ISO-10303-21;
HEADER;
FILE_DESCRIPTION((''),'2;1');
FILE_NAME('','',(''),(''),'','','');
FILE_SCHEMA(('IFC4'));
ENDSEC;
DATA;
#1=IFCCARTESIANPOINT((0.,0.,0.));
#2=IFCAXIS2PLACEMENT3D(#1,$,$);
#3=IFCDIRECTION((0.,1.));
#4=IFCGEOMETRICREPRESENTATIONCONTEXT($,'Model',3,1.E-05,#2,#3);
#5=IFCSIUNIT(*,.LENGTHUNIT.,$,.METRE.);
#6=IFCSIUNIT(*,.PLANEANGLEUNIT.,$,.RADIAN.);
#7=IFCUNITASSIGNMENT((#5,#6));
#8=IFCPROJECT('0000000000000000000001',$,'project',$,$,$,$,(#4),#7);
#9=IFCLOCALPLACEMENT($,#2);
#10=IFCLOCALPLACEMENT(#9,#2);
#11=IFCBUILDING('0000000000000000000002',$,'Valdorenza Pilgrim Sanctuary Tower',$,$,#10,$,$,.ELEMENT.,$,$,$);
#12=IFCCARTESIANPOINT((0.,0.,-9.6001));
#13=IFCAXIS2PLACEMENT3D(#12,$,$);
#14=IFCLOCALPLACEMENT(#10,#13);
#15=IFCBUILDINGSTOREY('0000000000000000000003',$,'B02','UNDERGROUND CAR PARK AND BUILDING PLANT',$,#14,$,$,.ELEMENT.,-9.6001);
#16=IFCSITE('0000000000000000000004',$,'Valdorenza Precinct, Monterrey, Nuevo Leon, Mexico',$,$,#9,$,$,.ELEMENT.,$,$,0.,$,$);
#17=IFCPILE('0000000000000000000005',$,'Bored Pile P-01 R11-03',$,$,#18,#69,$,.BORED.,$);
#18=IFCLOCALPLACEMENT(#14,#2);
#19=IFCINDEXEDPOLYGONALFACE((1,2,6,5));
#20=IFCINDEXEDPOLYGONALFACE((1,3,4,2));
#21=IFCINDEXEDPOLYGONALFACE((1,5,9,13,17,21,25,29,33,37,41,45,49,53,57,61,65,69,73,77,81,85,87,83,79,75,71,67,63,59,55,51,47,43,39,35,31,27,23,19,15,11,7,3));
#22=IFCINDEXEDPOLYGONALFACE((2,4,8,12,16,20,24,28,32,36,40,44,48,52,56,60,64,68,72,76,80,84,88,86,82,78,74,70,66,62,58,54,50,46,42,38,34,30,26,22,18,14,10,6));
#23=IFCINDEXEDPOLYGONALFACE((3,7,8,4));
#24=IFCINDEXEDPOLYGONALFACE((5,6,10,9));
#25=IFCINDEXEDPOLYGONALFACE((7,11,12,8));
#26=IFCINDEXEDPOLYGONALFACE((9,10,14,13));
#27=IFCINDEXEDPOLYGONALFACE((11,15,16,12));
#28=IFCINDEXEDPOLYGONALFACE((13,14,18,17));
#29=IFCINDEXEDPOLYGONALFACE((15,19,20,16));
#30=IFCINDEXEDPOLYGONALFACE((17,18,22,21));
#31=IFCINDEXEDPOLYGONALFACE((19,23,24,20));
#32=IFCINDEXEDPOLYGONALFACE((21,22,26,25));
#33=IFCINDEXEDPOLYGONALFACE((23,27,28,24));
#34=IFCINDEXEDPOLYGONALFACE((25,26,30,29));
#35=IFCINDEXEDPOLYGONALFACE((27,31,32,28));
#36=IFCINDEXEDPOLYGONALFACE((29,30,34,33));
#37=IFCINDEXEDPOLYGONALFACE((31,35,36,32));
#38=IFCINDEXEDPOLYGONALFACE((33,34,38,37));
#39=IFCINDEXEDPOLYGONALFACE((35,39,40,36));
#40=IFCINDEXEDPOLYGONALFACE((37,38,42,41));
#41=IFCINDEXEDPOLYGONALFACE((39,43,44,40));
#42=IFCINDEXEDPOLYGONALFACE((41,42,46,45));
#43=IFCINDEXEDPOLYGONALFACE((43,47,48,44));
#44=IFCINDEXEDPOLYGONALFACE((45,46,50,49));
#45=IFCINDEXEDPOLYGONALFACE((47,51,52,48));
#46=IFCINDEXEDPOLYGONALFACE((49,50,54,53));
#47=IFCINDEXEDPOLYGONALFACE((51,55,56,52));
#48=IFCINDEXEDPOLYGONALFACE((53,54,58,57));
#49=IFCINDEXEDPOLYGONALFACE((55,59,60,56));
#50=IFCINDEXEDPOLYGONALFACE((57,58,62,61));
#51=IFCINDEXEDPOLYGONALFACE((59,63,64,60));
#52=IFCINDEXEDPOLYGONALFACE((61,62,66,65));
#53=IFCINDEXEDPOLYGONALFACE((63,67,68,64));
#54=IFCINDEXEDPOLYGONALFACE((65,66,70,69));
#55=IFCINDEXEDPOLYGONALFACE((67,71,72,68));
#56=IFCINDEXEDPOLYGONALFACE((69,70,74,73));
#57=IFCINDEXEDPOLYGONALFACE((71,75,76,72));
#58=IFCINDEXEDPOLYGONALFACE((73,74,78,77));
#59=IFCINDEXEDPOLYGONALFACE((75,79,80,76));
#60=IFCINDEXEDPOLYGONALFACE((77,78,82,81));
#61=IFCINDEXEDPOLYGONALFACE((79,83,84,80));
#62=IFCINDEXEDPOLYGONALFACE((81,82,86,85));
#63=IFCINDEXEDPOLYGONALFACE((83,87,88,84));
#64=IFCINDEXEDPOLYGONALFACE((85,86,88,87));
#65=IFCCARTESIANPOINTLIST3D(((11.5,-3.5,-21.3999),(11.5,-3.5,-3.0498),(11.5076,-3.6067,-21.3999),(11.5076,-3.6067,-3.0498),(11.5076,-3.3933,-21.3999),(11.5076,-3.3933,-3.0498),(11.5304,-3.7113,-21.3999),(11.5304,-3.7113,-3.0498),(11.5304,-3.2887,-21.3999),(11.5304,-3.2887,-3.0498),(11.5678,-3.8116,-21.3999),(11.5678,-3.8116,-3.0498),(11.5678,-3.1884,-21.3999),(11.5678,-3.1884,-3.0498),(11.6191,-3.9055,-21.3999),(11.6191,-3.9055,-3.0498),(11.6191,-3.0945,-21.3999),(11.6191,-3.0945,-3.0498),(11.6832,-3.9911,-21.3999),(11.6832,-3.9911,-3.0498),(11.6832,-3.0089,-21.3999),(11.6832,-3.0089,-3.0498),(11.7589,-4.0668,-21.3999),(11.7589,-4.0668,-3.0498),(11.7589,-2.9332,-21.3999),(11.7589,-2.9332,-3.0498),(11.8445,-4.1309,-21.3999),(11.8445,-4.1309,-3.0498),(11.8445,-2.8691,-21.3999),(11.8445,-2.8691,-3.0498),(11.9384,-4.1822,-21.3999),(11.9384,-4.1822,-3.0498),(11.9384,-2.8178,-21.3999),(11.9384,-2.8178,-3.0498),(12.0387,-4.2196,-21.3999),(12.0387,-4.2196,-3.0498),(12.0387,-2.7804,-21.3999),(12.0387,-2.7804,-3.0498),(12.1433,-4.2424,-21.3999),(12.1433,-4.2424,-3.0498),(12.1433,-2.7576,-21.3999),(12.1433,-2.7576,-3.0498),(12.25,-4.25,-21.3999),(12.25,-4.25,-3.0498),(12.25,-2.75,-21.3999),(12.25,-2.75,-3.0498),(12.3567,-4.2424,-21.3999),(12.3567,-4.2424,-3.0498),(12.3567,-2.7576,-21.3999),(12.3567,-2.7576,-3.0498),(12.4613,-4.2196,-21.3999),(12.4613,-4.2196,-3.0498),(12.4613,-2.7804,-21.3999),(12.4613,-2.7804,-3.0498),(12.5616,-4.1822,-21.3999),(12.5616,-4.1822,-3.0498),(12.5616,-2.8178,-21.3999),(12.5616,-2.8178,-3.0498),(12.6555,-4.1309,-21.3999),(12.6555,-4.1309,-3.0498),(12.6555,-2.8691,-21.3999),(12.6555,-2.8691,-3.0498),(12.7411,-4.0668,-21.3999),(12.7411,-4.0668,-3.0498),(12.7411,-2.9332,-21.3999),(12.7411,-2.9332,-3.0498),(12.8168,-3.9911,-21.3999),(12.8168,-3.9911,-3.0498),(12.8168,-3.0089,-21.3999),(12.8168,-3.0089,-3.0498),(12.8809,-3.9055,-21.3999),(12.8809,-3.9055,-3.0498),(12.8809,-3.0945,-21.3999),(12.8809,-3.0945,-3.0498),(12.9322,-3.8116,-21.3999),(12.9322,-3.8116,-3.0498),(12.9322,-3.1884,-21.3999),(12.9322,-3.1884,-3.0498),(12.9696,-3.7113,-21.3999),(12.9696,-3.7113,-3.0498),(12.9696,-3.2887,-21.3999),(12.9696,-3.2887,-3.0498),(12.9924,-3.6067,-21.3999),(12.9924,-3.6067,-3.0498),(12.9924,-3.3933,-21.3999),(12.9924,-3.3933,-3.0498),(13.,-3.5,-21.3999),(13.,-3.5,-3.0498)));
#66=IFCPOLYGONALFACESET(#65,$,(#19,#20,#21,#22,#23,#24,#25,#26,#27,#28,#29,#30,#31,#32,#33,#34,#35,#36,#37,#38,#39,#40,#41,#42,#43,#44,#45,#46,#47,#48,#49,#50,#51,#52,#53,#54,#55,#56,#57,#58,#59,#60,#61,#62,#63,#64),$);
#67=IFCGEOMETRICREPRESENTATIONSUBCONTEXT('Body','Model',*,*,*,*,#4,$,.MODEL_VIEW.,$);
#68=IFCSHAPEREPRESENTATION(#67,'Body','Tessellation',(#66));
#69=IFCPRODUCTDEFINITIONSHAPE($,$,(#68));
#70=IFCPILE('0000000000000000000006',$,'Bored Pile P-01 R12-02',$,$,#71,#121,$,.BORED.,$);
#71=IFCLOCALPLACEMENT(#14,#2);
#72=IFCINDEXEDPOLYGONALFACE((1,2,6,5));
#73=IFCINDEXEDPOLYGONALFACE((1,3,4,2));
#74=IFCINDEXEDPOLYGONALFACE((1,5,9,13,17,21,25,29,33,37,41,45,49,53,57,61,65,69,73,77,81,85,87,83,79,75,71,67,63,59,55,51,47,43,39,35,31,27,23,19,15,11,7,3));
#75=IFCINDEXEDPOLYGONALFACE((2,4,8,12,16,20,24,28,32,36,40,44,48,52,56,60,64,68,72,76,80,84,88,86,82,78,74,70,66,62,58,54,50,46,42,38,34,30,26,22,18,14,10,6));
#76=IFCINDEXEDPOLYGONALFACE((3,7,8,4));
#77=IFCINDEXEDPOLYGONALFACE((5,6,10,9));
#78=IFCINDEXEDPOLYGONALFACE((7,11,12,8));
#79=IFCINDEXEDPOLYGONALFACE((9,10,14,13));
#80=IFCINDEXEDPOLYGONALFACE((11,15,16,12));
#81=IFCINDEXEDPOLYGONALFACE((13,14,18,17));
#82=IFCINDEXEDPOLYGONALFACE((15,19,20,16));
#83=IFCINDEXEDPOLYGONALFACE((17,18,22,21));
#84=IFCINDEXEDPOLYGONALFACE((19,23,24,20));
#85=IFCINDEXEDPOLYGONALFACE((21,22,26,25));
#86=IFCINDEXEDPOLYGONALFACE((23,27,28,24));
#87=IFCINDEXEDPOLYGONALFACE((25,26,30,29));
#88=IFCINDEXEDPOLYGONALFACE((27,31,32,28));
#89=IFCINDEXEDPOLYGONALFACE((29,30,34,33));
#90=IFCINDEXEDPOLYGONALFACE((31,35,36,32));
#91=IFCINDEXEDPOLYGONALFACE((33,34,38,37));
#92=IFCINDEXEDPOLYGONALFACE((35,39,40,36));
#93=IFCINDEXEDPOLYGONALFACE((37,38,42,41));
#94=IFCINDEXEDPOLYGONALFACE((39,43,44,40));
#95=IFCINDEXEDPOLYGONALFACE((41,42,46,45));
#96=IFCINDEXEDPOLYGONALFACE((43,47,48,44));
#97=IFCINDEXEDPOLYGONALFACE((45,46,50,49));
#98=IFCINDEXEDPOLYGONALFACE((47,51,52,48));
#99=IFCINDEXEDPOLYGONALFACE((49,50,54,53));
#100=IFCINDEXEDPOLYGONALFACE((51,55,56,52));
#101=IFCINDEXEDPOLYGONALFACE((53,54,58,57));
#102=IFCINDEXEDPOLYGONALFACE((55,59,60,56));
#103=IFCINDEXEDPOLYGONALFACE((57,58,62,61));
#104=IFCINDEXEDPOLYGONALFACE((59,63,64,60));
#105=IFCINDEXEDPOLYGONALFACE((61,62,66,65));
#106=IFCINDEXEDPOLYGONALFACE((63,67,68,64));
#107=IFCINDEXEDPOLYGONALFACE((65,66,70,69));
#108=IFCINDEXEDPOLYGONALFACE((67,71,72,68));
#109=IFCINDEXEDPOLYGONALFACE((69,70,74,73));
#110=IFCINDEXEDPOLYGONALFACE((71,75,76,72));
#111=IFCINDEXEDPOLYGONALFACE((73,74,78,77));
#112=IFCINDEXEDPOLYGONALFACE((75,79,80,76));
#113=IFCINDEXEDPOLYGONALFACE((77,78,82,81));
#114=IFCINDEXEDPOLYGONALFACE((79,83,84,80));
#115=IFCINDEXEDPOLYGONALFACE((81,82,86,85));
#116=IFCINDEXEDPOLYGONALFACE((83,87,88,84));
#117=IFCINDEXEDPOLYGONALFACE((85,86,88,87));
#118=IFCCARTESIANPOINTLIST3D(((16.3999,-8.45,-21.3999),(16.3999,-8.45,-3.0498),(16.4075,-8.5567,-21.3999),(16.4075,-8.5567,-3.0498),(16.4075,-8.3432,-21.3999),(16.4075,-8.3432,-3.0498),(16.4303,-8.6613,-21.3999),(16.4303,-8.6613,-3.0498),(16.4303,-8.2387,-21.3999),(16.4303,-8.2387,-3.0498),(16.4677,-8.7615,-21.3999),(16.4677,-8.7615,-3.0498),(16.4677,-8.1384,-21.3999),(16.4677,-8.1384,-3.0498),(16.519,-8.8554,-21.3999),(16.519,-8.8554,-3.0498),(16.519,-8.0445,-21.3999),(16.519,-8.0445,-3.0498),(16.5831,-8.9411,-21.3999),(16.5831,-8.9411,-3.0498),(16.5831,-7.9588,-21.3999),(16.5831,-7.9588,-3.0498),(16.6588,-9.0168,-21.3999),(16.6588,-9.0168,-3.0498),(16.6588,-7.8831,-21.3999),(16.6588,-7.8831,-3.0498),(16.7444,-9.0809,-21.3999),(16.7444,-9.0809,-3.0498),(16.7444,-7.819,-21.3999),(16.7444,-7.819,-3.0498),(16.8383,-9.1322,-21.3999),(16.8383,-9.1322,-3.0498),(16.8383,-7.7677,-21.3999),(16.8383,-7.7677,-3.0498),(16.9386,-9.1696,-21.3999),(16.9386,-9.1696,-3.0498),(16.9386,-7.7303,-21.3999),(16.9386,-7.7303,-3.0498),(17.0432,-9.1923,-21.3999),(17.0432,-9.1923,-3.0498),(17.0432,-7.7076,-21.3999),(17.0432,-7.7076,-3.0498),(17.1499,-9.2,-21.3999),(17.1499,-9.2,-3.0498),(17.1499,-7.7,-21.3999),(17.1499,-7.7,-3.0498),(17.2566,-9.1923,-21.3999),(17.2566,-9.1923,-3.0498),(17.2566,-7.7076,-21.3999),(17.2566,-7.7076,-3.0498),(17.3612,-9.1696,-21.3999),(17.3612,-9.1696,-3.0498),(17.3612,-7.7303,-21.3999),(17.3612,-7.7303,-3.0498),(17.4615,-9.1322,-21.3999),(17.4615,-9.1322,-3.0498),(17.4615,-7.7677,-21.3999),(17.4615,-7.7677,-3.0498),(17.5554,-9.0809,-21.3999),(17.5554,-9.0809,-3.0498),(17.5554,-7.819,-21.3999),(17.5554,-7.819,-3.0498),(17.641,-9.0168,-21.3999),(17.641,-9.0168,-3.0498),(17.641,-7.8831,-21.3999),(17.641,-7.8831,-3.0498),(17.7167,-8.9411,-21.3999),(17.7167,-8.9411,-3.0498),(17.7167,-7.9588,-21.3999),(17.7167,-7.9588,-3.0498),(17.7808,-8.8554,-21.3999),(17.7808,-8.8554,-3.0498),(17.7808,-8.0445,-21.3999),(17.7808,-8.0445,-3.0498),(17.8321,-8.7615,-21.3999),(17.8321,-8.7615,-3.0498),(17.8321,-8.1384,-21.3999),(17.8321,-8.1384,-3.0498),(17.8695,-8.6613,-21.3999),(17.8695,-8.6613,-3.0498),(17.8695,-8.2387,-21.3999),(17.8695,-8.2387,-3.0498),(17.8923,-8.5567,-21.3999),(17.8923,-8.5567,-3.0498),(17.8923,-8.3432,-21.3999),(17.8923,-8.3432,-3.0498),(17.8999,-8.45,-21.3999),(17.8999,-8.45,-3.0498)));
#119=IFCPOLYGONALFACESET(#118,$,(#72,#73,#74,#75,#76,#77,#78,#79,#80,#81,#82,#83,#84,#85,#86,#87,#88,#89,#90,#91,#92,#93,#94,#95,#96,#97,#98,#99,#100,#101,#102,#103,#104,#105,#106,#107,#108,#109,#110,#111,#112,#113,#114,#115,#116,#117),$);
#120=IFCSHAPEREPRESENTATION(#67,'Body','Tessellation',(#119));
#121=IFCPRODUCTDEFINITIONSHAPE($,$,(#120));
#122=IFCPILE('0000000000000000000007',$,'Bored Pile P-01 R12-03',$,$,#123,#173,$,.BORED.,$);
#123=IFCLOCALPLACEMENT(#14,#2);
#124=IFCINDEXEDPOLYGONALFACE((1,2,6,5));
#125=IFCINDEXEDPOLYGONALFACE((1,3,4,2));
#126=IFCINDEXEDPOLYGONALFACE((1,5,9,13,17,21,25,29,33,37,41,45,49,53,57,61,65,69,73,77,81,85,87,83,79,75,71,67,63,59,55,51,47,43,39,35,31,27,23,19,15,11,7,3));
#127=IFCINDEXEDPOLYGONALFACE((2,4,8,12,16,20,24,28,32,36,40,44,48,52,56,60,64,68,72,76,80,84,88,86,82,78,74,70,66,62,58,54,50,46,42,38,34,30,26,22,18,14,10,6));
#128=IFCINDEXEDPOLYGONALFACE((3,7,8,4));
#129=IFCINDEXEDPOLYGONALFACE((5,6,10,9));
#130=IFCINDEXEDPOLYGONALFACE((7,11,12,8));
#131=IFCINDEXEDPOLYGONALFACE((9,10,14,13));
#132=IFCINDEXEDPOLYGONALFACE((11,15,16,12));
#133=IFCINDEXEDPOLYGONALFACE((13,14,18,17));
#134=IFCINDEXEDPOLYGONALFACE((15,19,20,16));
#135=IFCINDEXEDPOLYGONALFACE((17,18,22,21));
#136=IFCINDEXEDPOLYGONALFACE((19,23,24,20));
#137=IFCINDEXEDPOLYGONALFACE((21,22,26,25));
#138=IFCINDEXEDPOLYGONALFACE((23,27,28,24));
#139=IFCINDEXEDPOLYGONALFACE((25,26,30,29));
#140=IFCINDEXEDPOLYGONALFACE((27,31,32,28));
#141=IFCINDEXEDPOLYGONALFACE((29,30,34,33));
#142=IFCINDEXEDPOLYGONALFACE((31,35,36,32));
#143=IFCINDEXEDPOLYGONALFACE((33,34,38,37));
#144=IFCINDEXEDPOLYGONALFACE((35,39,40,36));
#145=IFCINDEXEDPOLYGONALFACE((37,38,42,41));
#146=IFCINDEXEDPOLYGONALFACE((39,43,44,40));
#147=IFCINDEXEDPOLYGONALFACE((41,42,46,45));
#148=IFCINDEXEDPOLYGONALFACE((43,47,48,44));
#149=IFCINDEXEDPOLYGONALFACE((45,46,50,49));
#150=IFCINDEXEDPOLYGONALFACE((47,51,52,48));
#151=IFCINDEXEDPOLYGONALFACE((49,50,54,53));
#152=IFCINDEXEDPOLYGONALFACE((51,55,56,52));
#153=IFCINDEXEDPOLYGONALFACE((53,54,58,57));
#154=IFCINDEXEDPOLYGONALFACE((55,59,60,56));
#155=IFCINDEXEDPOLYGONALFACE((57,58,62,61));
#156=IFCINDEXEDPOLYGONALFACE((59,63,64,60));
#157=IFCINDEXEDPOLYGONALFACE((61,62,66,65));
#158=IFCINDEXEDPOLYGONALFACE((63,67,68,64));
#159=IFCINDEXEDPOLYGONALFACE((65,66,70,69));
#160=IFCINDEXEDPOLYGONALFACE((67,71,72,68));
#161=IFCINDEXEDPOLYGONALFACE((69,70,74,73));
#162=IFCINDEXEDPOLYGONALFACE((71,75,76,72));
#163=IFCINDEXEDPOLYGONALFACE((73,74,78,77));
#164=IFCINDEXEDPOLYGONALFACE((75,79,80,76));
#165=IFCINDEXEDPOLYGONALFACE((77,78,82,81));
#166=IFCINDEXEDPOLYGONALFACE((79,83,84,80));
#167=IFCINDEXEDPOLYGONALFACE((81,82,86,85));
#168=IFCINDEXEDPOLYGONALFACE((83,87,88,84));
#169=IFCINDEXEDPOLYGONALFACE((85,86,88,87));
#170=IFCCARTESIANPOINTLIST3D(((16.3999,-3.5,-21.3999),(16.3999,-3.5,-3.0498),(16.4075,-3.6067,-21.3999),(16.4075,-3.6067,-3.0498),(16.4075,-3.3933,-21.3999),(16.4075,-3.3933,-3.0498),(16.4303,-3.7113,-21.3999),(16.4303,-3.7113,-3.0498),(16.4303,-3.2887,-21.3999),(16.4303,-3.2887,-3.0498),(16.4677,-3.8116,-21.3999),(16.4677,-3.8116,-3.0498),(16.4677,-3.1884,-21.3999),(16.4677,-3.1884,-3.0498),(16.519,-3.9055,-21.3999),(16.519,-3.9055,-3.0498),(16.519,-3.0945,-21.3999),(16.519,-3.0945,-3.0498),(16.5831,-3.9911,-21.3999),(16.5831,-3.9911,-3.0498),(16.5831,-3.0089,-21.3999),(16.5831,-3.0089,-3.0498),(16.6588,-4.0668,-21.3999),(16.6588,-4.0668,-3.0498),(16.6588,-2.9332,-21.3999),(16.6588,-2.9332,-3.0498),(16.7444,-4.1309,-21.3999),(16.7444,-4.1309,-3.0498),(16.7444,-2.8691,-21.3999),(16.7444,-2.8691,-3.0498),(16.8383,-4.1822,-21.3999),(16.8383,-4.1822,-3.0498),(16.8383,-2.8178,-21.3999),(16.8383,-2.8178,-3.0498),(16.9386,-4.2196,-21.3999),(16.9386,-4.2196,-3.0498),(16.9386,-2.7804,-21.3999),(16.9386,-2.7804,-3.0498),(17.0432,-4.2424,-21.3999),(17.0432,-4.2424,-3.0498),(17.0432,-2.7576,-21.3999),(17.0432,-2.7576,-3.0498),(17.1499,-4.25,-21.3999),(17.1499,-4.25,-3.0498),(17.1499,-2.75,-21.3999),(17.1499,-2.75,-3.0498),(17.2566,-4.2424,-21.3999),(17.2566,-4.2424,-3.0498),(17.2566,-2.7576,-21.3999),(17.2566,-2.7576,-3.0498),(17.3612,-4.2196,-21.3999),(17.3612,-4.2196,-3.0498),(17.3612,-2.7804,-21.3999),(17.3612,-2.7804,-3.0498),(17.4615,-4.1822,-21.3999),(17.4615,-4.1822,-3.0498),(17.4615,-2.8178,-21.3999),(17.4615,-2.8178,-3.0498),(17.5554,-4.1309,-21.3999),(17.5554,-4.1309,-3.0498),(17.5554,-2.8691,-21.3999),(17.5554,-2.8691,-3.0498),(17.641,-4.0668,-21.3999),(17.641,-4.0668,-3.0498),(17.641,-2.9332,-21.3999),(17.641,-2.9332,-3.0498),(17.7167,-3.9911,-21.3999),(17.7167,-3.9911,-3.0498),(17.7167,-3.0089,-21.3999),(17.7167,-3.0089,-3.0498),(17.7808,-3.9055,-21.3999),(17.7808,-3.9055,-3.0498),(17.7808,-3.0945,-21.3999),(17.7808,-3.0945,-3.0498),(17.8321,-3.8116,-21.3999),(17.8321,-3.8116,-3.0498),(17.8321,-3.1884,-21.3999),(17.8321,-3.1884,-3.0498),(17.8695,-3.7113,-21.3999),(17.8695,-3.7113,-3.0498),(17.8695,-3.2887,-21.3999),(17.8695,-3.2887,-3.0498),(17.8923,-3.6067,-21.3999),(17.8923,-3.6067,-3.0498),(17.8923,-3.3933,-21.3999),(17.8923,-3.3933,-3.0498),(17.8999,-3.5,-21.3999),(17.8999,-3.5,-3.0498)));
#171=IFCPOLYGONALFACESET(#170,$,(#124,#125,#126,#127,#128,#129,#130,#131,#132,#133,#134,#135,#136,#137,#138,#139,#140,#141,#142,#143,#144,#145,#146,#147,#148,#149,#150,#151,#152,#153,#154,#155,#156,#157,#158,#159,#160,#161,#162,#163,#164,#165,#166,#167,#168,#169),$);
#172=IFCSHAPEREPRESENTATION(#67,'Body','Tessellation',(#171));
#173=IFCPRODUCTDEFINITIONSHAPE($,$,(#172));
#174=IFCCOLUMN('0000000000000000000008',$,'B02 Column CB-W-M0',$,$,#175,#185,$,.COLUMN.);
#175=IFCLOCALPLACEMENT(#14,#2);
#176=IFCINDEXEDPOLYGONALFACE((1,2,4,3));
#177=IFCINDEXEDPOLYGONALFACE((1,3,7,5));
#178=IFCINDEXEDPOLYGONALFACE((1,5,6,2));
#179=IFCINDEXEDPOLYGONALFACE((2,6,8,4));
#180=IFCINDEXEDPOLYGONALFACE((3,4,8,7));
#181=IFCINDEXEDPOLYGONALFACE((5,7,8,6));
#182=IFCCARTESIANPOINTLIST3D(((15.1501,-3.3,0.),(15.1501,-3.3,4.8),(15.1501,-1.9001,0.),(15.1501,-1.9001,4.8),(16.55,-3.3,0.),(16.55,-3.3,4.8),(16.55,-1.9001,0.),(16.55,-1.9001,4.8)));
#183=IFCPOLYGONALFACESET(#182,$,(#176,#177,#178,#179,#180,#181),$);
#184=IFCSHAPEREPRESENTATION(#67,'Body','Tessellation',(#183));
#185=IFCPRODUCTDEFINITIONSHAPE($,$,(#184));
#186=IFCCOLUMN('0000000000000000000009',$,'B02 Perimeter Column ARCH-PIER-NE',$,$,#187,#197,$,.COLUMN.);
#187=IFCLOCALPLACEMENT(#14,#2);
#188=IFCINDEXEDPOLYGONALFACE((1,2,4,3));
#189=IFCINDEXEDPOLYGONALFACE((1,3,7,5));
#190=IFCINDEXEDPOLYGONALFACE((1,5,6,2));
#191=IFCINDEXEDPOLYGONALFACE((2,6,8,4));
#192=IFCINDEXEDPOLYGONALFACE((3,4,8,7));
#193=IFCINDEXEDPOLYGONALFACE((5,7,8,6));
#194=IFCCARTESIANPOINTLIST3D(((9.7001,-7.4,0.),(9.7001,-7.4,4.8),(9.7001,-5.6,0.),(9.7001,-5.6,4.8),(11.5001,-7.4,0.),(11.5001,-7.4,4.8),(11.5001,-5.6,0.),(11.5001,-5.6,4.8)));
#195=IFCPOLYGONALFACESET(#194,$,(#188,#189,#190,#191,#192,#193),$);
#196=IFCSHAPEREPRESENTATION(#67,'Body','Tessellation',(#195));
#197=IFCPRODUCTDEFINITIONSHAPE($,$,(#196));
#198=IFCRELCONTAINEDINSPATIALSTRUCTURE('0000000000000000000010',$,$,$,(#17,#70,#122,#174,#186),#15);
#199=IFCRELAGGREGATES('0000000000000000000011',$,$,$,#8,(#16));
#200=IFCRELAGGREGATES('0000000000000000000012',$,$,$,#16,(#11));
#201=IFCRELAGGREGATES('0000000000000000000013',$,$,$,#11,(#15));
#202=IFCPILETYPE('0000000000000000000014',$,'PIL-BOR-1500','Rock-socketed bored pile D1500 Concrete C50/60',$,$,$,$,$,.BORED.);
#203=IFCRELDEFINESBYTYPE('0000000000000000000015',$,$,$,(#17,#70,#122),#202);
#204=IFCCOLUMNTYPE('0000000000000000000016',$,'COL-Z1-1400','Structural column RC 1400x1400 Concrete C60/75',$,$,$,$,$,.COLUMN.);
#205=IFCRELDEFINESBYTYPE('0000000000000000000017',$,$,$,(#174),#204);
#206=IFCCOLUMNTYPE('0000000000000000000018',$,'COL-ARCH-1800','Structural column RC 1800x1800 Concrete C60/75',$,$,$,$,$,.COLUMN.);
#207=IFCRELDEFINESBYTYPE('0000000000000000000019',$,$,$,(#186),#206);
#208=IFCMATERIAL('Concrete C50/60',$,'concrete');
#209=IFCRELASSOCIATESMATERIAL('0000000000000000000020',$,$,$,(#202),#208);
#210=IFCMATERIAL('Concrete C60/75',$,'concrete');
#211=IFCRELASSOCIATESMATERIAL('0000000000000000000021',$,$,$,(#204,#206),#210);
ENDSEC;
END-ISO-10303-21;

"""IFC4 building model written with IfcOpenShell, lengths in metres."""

from ifc_helpers import new_model, si_unit, direction, frame, origin, origin_2d, place, context, subcontext, project, spatial, rectangle, circle, extrude, source, transform, mapped, material, material_profile, profile_set, type_object, element, save


model = new_model("IFC4")

# Units and contexts
model_context = context("Model", 3, precision=1e-05, world=origin(), true_north=direction((0.0, 1.0)))
body_context = subcontext(model_context, "Body", "Model", "MODEL_VIEW")
ifc_project = project(units=[si_unit("LENGTHUNIT", "METRE"), si_unit("PLANEANGLEUNIT", "RADIAN")], contexts=[model_context])

# Site, building, storey
site_placement = place(None, origin())
site = spatial("IfcSite", under=ifc_project, at=site_placement, Name="Valdorenza Precinct, Monterrey, Nuevo Leon, Mexico", CompositionType="ELEMENT", RefElevation=0.0)
building_placement = place(site_placement, origin())
building = spatial("IfcBuilding", under=site, at=building_placement, Name="Valdorenza Pilgrim Sanctuary Tower", CompositionType="ELEMENT")
storey_placement = place(building_placement, frame((0.0, 0.0, -9.6001)))
storey = spatial("IfcBuildingStorey", under=building, at=storey_placement, Name="B02", Description="UNDERGROUND CAR PARK AND BUILDING PLANT", CompositionType="ELEMENT", Elevation=-9.6001)

# Shared definitions
ifc_material_1 = material(Name="Concrete C50/60", Category="concrete")

# Piles
ifc_material_profile_1 = material_profile(ifc_material_1, circle(Radius=0.75, at=origin_2d()), Name="BORED PILE 1500")
ifc_profile_set_1 = profile_set([ifc_material_profile_1], Name="Concrete C50/60")
pile_type = type_object("IfcPileType", Name="PIL-BOR-1500", Description="Rock-socketed bored pile D1500 Concrete C50/60", PredefinedType="BORED", material=ifc_profile_set_1)
shared_shape_1 = source(origin(), body_context, "Body", "SweptSolid", [
    extrude(circle(Radius=0.75, at=origin_2d()), origin(), (0.0, 0.0, 1.0), 18.3501),
])
for number, where, z_axis, x_axis, name in (
    (1, (12.25, -3.5, -3.0498), (0.0, 0.0, -1.0), (1.0, 0.0, 0.0), "Bored Pile P-01 R11-03"),
    (2, (17.1499, -8.45, -3.0498), (0.0, 0.0, -1.0), (1.0, 0.0, 0.0), "Bored Pile P-01 R12-02"),
    (3, (17.1499, -3.5, -3.0498), (0.0, 0.0, -1.0), (1.0, 0.0, 0.0), "Bored Pile P-01 R12-03"),
):
    element("IfcPile", number, at=place(storey_placement, frame(where, z_axis=z_axis, x_axis=x_axis)), inside=storey, type_object=pile_type, Name=name, PredefinedType="BORED", context=body_context, shape_type="MappedRepresentation", body=[
        mapped(shared_shape_1, transform((0.0, 0.0, 0.0), x_axis=(1.0, 0.0, 0.0), y_axis=(0.0, 1.0, 0.0), z_axis=(0.0, 0.0, 1.0), scale=1.0)),
    ])

# Columns
ifc_material_2 = material(Name="Concrete C60/75", Category="concrete")
ifc_material_profile_2 = material_profile(ifc_material_2, rectangle(XDim=1.3999, YDim=1.3999, at=origin_2d()), Name="RC 1400x1400")
ifc_profile_set_2 = profile_set([ifc_material_profile_2], Name="Concrete C60/75")
column_type_1 = type_object("IfcColumnType", Name="COL-Z1-1400", Description="Structural column RC 1400x1400 Concrete C60/75", PredefinedType="COLUMN", material=ifc_profile_set_2)
shared_shape_2 = source(origin(), body_context, "Body", "SweptSolid", [
    extrude(rectangle(XDim=1.3999, YDim=1.3999, at=origin_2d()), origin(), (0.0, 0.0, 1.0), 4.8),
])
column_1_placement = place(storey_placement, frame((15.8501, -2.6001, 0.0), z_axis=(0.0, 0.0, 1.0), x_axis=(1.0, 0.0, 0.0)))
element("IfcColumn", 4, at=column_1_placement, inside=storey, type_object=column_type_1, Name="B02 Column CB-W-M0", PredefinedType="COLUMN", context=body_context, shape_type="MappedRepresentation", body=[
    mapped(shared_shape_2, transform((0.0, 0.0, 0.0), x_axis=(1.0, 0.0, 0.0), y_axis=(0.0, 1.0, 0.0), z_axis=(0.0, 0.0, 1.0), scale=1.0)),
])
ifc_material_profile_3 = material_profile(ifc_material_2, rectangle(XDim=1.8, YDim=1.8, at=origin_2d()), Name="RC 1800x1800")
ifc_profile_set_3 = profile_set([ifc_material_profile_3], Name="Concrete C60/75")
column_type_2 = type_object("IfcColumnType", Name="COL-ARCH-1800", Description="Structural column RC 1800x1800 Concrete C60/75", PredefinedType="COLUMN", material=ifc_profile_set_3)
shared_shape_3 = source(origin(), body_context, "Body", "SweptSolid", [
    extrude(rectangle(XDim=1.8, YDim=1.8, at=origin_2d()), origin(), (0.0, 0.0, 1.0), 4.8),
])
column_2_placement = place(storey_placement, frame((10.6001, -6.5, 0.0), z_axis=(0.0, 0.0, 1.0), x_axis=(1.0, 0.0, 0.0)))
element("IfcColumn", 5, at=column_2_placement, inside=storey, type_object=column_type_2, Name="B02 Perimeter Column ARCH-PIER-NE", PredefinedType="COLUMN", context=body_context, shape_type="MappedRepresentation", body=[
    mapped(shared_shape_3, transform((0.0, 0.0, 0.0), x_axis=(1.0, 0.0, 0.0), y_axis=(0.0, 1.0, 0.0), z_axis=(0.0, 0.0, 1.0), scale=1.0)),
])

save(model, "model.ifc")
